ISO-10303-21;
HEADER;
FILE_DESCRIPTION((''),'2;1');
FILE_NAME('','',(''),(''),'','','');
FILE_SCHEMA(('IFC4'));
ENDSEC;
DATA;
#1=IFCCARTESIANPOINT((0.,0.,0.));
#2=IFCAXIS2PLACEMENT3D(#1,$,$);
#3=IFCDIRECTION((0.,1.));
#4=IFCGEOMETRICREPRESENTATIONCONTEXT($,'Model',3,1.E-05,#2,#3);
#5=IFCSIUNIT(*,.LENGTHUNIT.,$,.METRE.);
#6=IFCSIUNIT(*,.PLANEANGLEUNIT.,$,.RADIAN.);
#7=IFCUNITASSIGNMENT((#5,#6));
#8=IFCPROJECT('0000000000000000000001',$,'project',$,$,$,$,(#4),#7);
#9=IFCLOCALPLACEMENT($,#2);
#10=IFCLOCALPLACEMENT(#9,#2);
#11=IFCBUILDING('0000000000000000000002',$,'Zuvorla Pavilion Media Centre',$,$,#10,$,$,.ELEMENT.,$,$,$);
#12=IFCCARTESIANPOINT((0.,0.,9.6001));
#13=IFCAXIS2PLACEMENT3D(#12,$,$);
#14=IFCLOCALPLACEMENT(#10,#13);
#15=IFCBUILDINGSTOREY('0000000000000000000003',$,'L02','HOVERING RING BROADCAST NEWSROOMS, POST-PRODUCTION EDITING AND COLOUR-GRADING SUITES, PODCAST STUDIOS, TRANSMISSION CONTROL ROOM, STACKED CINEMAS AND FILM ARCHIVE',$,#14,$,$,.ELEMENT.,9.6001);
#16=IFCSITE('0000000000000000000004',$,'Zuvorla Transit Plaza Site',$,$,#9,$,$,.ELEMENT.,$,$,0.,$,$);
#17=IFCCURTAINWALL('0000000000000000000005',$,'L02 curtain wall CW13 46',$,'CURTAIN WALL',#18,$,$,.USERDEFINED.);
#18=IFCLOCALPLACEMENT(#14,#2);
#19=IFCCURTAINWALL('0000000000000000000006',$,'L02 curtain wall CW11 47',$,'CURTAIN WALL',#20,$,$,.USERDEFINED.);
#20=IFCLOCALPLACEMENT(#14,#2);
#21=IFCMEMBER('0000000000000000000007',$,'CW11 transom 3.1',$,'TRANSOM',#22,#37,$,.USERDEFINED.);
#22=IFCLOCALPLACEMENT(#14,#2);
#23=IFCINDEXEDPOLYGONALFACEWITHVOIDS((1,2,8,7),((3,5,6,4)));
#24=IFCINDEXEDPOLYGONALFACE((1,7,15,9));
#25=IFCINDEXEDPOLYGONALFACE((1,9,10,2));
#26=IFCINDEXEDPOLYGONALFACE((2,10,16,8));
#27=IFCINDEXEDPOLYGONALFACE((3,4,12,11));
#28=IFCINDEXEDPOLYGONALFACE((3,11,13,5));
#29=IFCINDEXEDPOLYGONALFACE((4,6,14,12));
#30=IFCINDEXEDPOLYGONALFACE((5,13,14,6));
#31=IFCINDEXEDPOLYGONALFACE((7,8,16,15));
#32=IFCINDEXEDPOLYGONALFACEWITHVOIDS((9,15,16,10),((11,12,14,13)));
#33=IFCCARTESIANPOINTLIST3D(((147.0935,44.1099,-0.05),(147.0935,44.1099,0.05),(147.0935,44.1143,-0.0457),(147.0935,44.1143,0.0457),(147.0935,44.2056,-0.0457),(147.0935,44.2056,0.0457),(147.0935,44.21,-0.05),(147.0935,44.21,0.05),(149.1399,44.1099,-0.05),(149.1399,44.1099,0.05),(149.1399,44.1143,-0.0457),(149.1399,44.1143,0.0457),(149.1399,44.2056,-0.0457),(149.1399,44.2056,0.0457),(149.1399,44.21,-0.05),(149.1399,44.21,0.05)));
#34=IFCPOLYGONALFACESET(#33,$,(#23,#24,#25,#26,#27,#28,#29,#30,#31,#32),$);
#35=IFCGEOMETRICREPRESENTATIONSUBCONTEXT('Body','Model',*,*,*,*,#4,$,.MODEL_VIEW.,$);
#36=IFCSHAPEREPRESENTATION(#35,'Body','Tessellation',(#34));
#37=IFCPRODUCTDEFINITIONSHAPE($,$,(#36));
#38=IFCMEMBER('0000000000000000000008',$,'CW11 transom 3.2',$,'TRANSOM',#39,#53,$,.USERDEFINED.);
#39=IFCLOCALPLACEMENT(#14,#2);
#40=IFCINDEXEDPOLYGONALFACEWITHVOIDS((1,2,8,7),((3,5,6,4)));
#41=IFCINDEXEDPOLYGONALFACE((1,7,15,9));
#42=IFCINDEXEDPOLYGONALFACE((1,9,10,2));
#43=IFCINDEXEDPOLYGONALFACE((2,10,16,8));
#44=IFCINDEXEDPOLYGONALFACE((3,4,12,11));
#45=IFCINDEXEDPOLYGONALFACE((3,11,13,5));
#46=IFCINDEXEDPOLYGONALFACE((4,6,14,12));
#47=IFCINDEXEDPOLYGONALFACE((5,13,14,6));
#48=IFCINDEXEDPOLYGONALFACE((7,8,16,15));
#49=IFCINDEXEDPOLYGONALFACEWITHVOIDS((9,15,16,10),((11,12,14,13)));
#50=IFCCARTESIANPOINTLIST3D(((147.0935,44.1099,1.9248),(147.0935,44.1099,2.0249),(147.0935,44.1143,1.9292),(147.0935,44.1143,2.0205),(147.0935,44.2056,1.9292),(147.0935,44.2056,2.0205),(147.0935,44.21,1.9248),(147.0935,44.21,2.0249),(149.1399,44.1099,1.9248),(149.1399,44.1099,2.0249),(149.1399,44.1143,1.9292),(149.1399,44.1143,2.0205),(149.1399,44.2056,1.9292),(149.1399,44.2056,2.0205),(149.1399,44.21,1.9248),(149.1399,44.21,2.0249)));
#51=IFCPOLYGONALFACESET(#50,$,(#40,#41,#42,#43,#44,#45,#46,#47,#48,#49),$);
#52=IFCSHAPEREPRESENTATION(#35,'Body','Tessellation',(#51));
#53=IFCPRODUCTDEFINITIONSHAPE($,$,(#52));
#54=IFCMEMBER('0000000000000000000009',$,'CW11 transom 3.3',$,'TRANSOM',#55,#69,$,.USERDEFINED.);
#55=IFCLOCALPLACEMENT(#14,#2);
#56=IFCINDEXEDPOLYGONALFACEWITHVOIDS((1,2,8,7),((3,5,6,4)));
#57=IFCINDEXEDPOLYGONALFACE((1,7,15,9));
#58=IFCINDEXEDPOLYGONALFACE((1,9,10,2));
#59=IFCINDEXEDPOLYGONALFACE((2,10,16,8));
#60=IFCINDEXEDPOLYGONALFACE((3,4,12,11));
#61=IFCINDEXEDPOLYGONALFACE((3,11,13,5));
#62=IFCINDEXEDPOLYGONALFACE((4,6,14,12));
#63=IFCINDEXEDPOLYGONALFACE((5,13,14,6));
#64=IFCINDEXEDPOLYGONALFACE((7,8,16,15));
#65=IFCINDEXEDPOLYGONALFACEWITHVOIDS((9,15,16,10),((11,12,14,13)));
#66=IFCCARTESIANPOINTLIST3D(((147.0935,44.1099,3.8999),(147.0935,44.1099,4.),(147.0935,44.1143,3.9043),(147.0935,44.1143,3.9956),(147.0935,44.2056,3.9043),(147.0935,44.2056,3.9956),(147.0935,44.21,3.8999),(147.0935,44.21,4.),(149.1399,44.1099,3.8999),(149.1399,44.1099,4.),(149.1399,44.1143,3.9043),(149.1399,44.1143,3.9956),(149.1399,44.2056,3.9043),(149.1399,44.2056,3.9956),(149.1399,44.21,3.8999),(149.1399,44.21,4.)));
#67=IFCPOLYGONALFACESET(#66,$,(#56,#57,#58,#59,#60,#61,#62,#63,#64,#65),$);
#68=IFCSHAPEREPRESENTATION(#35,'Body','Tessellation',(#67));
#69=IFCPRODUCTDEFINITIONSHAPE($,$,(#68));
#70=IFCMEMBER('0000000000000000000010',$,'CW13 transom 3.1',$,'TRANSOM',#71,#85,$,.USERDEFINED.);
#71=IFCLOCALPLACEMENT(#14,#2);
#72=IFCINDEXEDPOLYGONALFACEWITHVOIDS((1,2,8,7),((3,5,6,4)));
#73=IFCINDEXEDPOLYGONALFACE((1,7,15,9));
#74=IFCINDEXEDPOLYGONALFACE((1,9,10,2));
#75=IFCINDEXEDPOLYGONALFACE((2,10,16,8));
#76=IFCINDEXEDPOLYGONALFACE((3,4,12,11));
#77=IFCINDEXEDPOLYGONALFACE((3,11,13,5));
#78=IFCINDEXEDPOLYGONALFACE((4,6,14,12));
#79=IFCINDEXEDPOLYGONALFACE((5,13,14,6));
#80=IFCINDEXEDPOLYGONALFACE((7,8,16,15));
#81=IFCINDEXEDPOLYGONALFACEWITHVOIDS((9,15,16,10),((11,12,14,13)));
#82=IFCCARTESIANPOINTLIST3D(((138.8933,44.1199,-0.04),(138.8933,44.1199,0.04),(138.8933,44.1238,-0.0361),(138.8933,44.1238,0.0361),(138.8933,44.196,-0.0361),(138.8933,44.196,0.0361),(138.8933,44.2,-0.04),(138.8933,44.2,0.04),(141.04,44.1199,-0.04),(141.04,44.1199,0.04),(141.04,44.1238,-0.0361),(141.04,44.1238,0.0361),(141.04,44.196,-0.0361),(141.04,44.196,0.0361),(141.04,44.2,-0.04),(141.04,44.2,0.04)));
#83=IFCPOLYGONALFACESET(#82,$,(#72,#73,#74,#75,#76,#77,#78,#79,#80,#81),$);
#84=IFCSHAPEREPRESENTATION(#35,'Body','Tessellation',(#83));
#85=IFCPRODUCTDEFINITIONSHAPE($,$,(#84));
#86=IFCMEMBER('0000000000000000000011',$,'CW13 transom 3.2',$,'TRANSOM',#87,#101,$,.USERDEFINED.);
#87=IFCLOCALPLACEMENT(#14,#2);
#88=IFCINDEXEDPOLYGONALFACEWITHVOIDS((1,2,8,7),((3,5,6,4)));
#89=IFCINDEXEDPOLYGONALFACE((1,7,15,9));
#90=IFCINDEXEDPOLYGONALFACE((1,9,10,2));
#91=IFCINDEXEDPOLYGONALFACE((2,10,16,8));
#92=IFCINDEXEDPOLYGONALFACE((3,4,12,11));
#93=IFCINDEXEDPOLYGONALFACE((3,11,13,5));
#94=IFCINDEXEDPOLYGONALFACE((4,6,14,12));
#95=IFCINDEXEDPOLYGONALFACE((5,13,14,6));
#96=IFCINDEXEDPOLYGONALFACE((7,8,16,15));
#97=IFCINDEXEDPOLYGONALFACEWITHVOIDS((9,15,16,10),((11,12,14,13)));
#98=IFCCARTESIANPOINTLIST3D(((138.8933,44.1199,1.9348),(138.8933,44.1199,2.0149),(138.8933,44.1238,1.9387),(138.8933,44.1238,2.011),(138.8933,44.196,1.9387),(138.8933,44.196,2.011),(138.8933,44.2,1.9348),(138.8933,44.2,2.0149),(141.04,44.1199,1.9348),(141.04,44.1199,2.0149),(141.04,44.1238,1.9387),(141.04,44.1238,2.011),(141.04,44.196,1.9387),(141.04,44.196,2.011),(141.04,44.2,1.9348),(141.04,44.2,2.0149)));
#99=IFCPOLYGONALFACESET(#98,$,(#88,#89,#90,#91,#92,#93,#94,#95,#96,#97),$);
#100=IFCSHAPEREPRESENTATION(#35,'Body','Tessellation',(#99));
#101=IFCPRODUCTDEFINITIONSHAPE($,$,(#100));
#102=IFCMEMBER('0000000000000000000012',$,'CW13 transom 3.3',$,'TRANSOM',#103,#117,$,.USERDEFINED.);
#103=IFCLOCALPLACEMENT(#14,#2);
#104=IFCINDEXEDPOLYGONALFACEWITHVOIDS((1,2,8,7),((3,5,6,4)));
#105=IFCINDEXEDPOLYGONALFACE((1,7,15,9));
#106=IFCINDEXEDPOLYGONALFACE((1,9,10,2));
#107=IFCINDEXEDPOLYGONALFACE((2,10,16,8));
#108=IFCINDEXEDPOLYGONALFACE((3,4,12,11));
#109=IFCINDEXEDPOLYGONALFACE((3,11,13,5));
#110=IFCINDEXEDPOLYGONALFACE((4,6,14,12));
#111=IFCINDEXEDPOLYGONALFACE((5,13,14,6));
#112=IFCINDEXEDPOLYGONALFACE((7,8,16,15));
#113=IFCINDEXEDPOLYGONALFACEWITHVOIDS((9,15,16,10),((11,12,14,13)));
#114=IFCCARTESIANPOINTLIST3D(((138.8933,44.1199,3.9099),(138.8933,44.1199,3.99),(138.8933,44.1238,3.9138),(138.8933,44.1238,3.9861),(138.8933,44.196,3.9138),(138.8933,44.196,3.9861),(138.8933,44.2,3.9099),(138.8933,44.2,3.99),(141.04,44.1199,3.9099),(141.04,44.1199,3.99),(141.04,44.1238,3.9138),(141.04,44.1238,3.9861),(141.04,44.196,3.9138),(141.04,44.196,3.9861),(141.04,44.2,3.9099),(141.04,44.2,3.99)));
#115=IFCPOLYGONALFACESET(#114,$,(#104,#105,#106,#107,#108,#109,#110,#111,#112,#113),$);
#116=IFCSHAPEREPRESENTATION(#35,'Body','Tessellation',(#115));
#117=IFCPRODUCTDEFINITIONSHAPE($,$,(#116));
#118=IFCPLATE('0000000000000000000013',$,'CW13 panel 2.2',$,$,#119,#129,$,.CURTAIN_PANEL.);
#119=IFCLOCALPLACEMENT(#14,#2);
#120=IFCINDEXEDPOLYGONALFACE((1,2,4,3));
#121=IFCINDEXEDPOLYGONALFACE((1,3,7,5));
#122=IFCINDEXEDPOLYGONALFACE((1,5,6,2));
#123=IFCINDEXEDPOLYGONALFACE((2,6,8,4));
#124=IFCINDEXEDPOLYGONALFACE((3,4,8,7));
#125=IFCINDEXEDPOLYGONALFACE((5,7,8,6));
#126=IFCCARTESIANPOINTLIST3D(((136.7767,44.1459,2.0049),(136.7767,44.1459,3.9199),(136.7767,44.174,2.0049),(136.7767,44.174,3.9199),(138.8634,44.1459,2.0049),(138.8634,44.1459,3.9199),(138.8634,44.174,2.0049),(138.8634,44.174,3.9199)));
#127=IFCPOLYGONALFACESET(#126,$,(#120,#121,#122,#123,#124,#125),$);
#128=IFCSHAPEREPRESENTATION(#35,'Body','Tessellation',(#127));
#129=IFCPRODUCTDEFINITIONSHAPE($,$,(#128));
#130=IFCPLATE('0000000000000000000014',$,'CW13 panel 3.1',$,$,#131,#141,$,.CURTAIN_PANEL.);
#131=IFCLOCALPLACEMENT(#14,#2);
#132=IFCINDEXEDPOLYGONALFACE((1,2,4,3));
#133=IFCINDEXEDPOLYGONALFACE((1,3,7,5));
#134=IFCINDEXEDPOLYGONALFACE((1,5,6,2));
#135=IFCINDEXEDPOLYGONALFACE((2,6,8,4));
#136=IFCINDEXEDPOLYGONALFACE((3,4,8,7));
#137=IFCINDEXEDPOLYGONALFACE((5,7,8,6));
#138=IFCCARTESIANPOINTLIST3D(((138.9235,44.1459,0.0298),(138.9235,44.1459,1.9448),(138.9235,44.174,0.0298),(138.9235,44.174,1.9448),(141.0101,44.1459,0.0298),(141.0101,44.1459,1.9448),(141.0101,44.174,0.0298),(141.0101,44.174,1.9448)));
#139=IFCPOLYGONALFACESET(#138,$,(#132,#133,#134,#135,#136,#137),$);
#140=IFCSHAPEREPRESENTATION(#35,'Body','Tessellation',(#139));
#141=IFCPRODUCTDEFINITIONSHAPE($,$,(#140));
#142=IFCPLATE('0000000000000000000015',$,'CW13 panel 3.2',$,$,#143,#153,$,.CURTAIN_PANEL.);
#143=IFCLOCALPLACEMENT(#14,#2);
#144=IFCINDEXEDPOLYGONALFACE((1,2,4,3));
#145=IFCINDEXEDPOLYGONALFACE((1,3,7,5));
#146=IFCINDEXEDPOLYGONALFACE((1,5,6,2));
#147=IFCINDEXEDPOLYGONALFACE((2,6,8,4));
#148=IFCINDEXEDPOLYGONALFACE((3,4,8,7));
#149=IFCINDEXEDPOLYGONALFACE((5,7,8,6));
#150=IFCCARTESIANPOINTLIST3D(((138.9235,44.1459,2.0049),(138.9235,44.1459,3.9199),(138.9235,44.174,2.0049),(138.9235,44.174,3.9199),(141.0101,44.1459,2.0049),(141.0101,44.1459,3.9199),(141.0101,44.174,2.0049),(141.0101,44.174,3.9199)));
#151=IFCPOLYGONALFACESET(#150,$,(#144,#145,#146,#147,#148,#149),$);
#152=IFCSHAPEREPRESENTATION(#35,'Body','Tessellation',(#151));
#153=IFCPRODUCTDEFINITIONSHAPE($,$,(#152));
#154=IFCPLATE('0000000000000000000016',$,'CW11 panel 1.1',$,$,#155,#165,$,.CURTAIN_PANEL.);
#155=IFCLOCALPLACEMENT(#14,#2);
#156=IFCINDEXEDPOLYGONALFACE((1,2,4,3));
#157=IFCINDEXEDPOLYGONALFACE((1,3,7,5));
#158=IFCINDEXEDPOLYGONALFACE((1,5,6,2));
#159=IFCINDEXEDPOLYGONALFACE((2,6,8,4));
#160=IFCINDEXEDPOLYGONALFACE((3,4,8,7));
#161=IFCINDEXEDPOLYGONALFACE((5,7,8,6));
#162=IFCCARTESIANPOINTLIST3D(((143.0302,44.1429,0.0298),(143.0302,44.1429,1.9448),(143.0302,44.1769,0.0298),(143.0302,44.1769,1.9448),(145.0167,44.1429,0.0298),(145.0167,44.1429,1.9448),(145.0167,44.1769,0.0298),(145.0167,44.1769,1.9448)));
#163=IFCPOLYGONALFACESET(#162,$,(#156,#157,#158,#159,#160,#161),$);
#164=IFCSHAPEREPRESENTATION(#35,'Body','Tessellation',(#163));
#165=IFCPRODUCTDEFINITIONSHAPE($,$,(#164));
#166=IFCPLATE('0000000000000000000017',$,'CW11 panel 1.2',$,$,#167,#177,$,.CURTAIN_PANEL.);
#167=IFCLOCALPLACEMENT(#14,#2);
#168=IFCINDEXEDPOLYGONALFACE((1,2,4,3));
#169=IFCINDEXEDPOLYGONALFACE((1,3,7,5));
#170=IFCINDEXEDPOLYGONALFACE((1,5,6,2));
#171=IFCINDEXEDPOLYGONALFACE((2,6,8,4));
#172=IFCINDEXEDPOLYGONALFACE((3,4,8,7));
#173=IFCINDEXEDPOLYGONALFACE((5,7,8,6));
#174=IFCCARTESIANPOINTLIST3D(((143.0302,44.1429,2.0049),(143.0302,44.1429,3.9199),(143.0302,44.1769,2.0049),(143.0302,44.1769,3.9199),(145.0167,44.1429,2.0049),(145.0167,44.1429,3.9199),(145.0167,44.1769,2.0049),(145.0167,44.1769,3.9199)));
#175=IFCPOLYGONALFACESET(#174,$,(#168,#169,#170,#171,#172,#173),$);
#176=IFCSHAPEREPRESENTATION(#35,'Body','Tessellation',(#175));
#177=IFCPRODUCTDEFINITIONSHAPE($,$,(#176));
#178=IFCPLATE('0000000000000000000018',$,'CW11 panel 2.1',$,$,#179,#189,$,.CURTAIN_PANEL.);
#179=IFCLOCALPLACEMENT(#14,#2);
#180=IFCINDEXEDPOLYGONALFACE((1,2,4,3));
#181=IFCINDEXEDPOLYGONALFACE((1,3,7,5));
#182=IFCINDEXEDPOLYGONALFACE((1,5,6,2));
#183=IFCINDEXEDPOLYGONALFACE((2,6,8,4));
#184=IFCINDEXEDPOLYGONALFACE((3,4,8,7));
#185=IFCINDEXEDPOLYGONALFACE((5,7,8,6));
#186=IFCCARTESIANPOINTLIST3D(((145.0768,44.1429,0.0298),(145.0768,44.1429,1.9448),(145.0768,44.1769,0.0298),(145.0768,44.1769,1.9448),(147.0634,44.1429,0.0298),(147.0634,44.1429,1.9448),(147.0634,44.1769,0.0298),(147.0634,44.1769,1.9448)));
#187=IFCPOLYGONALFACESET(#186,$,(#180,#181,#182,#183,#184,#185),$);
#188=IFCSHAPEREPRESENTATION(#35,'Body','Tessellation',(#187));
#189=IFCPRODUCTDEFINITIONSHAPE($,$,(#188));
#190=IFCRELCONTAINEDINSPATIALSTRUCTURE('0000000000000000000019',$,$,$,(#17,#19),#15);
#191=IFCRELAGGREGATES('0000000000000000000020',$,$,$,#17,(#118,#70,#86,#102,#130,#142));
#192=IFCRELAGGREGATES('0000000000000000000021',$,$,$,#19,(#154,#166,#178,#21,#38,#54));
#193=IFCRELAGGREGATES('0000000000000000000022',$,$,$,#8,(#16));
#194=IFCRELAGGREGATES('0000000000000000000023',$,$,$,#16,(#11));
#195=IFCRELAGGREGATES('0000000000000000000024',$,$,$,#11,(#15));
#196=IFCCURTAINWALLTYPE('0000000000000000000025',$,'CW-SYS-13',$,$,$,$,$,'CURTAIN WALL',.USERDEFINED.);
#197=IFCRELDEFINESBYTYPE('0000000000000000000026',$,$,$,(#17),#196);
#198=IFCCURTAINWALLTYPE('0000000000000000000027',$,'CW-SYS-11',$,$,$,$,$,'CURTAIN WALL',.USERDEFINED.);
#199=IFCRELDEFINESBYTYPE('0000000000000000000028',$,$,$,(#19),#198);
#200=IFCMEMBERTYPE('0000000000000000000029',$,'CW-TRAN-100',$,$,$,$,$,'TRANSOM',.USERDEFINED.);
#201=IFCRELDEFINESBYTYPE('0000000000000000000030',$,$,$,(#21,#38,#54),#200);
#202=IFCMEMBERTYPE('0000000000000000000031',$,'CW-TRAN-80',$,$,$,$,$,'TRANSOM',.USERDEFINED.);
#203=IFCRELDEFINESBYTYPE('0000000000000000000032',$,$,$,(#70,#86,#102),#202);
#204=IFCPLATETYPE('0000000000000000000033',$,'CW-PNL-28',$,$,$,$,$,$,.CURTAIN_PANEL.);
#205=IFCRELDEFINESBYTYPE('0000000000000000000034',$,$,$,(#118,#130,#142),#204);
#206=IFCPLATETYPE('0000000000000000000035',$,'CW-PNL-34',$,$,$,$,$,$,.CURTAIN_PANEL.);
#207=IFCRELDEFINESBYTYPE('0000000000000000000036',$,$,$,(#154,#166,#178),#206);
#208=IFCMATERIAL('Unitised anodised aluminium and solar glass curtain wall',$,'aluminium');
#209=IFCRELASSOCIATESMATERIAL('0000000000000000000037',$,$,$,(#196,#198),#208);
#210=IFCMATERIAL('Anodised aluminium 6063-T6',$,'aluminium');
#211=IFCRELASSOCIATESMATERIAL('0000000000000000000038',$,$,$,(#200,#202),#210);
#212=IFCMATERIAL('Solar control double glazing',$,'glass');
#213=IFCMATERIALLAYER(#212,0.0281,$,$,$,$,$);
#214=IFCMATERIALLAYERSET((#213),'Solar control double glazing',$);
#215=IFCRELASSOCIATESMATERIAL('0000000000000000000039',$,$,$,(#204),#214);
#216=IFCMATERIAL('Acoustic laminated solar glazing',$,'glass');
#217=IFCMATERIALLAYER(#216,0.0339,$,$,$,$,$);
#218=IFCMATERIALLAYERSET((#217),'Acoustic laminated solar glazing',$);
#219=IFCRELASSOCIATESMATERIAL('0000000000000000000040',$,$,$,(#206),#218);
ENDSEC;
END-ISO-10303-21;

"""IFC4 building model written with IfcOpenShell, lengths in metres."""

from ifc_helpers import new_model, si_unit, direction, frame, origin, origin_2d, place, context, subcontext, project, spatial, rectangle, hollow_rectangle, extrude, material, layer, layer_set, material_profile, profile_set, type_object, element, aggregate, save


model = new_model("IFC4")

# Units and contexts
model_context = context("Model", 3, precision=1e-05, world=origin(), true_north=direction((0.0, 1.0)))
body_context = subcontext(model_context, "Body", "Model", "MODEL_VIEW")
ifc_project = project(units=[si_unit("LENGTHUNIT", "METRE"), si_unit("PLANEANGLEUNIT", "RADIAN")], contexts=[model_context])

# Site, building, storey
site_placement = place(None, origin())
site = spatial("IfcSite", under=ifc_project, at=site_placement, Name="Zuvorla Transit Plaza Site", CompositionType="ELEMENT", RefElevation=0.0)
building_placement = place(site_placement, origin())
building = spatial("IfcBuilding", under=site, at=building_placement, Name="Zuvorla Pavilion Media Centre", CompositionType="ELEMENT")
storey_placement = place(building_placement, frame((0.0, 0.0, 9.6001)))
storey = spatial("IfcBuildingStorey", under=building, at=storey_placement, Name="L02", Description="HOVERING RING BROADCAST NEWSROOMS, POST-PRODUCTION EDITING AND COLOUR-GRADING SUITES, PODCAST STUDIOS, TRANSMISSION CONTROL ROOM, STACKED CINEMAS AND FILM ARCHIVE", CompositionType="ELEMENT", Elevation=9.6001)

# Curtain walls, members
ifc_material_1 = material(Name="Unitised anodised aluminium and solar glass curtain wall", Category="aluminium")
curtain_wall_type_1 = type_object("IfcCurtainWallType", Name="CW-SYS-13", ElementType="CURTAIN WALL", PredefinedType="USERDEFINED", material=ifc_material_1)
curtain_wall_1_placement = place(storey_placement, origin())
curtain_wall_1 = element("IfcCurtainWall", 1, at=curtain_wall_1_placement, inside=storey, type_object=curtain_wall_type_1, Name="L02 curtain wall CW13 46", ObjectType="CURTAIN WALL", PredefinedType="USERDEFINED")
ifc_material_2 = material(Name="Anodised aluminium 6063-T6", Category="aluminium")
curtain_wall_type_2 = type_object("IfcCurtainWallType", Name="CW-SYS-11", ElementType="CURTAIN WALL", PredefinedType="USERDEFINED", material=ifc_material_1)
curtain_wall_2_placement = place(storey_placement, origin())
curtain_wall_2 = element("IfcCurtainWall", 2, at=curtain_wall_2_placement, inside=storey, type_object=curtain_wall_type_2, Name="L02 curtain wall CW11 47", ObjectType="CURTAIN WALL", PredefinedType="USERDEFINED")
ifc_material_profile_1 = material_profile(ifc_material_2, hollow_rectangle(XDim=0.1001, YDim=0.1001, WallThickness=0.0044, at=origin_2d()), Name="ALU TRAN 100x100")
ifc_profile_set_1 = profile_set([ifc_material_profile_1], Name="Anodised aluminium 6063-T6")
member_type_1 = type_object("IfcMemberType", Name="CW-TRAN-100", ElementType="TRANSOM", PredefinedType="USERDEFINED", material=ifc_profile_set_1)
member_1_placement = place(storey_placement, frame((147.0935, 44.1599, 0.0), z_axis=(1.0, 0.0, 0.0), x_axis=(0.0, 1.0, 0.0)))
member_1 = element("IfcMember", 3, at=member_1_placement, type_object=member_type_1, Name="CW11 transom 3.1", ObjectType="TRANSOM", PredefinedType="USERDEFINED", context=body_context, shape_type="SweptSolid", body=[
    extrude(hollow_rectangle(XDim=0.1001, YDim=0.1001, WallThickness=0.0044, at=origin_2d()), origin(), (0.0, 0.0, 1.0), 2.0464),
])
member_2_placement = place(storey_placement, frame((147.0935, 44.1599, 1.9749), z_axis=(1.0, 0.0, 0.0), x_axis=(0.0, 1.0, 0.0)))
member_2 = element("IfcMember", 4, at=member_2_placement, type_object=member_type_1, Name="CW11 transom 3.2", ObjectType="TRANSOM", PredefinedType="USERDEFINED", context=body_context, shape_type="SweptSolid", body=[
    extrude(hollow_rectangle(XDim=0.1001, YDim=0.1001, WallThickness=0.0044, at=origin_2d()), origin(), (0.0, 0.0, 1.0), 2.0464),
])
member_3_placement = place(storey_placement, frame((147.0935, 44.1599, 3.95), z_axis=(1.0, 0.0, 0.0), x_axis=(0.0, 1.0, 0.0)))
member_3 = element("IfcMember", 5, at=member_3_placement, type_object=member_type_1, Name="CW11 transom 3.3", ObjectType="TRANSOM", PredefinedType="USERDEFINED", context=body_context, shape_type="SweptSolid", body=[
    extrude(hollow_rectangle(XDim=0.1001, YDim=0.1001, WallThickness=0.0044, at=origin_2d()), origin(), (0.0, 0.0, 1.0), 2.0464),
])

# Members
ifc_material_profile_2 = material_profile(ifc_material_2, hollow_rectangle(XDim=0.0801, YDim=0.0801, WallThickness=0.0039, at=origin_2d()), Name="ALU TRAN 80x80")
ifc_profile_set_2 = profile_set([ifc_material_profile_2], Name="Anodised aluminium 6063-T6")
member_type_2 = type_object("IfcMemberType", Name="CW-TRAN-80", ElementType="TRANSOM", PredefinedType="USERDEFINED", material=ifc_profile_set_2)
member_4_placement = place(storey_placement, frame((138.8933, 44.1599, 0.0), z_axis=(1.0, 0.0, 0.0), x_axis=(0.0, 1.0, 0.0)))
member_4 = element("IfcMember", 6, at=member_4_placement, type_object=member_type_2, Name="CW13 transom 3.1", ObjectType="TRANSOM", PredefinedType="USERDEFINED", context=body_context, shape_type="SweptSolid", body=[
    extrude(hollow_rectangle(XDim=0.0801, YDim=0.0801, WallThickness=0.0039, at=origin_2d()), origin(), (0.0, 0.0, 1.0), 2.1467),
])
member_5_placement = place(storey_placement, frame((138.8933, 44.1599, 1.9749), z_axis=(1.0, 0.0, 0.0), x_axis=(0.0, 1.0, 0.0)))
member_5 = element("IfcMember", 7, at=member_5_placement, type_object=member_type_2, Name="CW13 transom 3.2", ObjectType="TRANSOM", PredefinedType="USERDEFINED", context=body_context, shape_type="SweptSolid", body=[
    extrude(hollow_rectangle(XDim=0.0801, YDim=0.0801, WallThickness=0.0039, at=origin_2d()), origin(), (0.0, 0.0, 1.0), 2.1467),
])
member_6_placement = place(storey_placement, frame((138.8933, 44.1599, 3.95), z_axis=(1.0, 0.0, 0.0), x_axis=(0.0, 1.0, 0.0)))
member_6 = element("IfcMember", 8, at=member_6_placement, type_object=member_type_2, Name="CW13 transom 3.3", ObjectType="TRANSOM", PredefinedType="USERDEFINED", context=body_context, shape_type="SweptSolid", body=[
    extrude(hollow_rectangle(XDim=0.0801, YDim=0.0801, WallThickness=0.0039, at=origin_2d()), origin(), (0.0, 0.0, 1.0), 2.1467),
])

# Plates
ifc_material_3 = material(Name="Solar control double glazing", Category="glass")
ifc_layer_1 = layer(ifc_material_3, 0.0281)
ifc_layer_set_1 = layer_set([ifc_layer_1], Name="Solar control double glazing")
plate_type_1 = type_object("IfcPlateType", Name="CW-PNL-28", PredefinedType="CURTAIN_PANEL", material=ifc_layer_set_1)
plate_1_placement = place(storey_placement, frame((137.8201, 44.1599, 2.0049), z_axis=(0.0, 0.0, 1.0), x_axis=(1.0, 0.0, 0.0)))
plate_1 = element("IfcPlate", 9, at=plate_1_placement, type_object=plate_type_1, Name="CW13 panel 2.2", PredefinedType="CURTAIN_PANEL", context=body_context, shape_type="SweptSolid", body=[
    extrude(rectangle(XDim=2.0867, YDim=0.0281, at=origin_2d()), origin(), (0.0, 0.0, 1.0), 1.915),
])
plate_2_placement = place(storey_placement, frame((139.9668, 44.1599, 0.0298), z_axis=(0.0, 0.0, 1.0), x_axis=(1.0, 0.0, 0.0)))
plate_2 = element("IfcPlate", 10, at=plate_2_placement, type_object=plate_type_1, Name="CW13 panel 3.1", PredefinedType="CURTAIN_PANEL", context=body_context, shape_type="SweptSolid", body=[
    extrude(rectangle(XDim=2.0867, YDim=0.0281, at=origin_2d()), origin(), (0.0, 0.0, 1.0), 1.915),
])
plate_3_placement = place(storey_placement, frame((139.9668, 44.1599, 2.0049), z_axis=(0.0, 0.0, 1.0), x_axis=(1.0, 0.0, 0.0)))
plate_3 = element("IfcPlate", 11, at=plate_3_placement, type_object=plate_type_1, Name="CW13 panel 3.2", PredefinedType="CURTAIN_PANEL", context=body_context, shape_type="SweptSolid", body=[
    extrude(rectangle(XDim=2.0867, YDim=0.0281, at=origin_2d()), origin(), (0.0, 0.0, 1.0), 1.915),
])
aggregate(curtain_wall_1, [plate_1, member_4, member_5, member_6, plate_2, plate_3])
ifc_material_4 = material(Name="Acoustic laminated solar glazing", Category="glass")
ifc_layer_2 = layer(ifc_material_4, 0.0339)
ifc_layer_set_2 = layer_set([ifc_layer_2], Name="Acoustic laminated solar glazing")
plate_type_2 = type_object("IfcPlateType", Name="CW-PNL-34", PredefinedType="CURTAIN_PANEL", material=ifc_layer_set_2)
plate_4_placement = place(storey_placement, frame((144.0234, 44.1599, 0.0298), z_axis=(0.0, 0.0, 1.0), x_axis=(1.0, 0.0, 0.0)))
plate_4 = element("IfcPlate", 12, at=plate_4_placement, type_object=plate_type_2, Name="CW11 panel 1.1", PredefinedType="CURTAIN_PANEL", context=body_context, shape_type="SweptSolid", body=[
    extrude(rectangle(XDim=1.9866, YDim=0.0339, at=origin_2d()), origin(), (0.0, 0.0, 1.0), 1.915),
])
plate_5_placement = place(storey_placement, frame((144.0234, 44.1599, 2.0049), z_axis=(0.0, 0.0, 1.0), x_axis=(1.0, 0.0, 0.0)))
plate_5 = element("IfcPlate", 13, at=plate_5_placement, type_object=plate_type_2, Name="CW11 panel 1.2", PredefinedType="CURTAIN_PANEL", context=body_context, shape_type="SweptSolid", body=[
    extrude(rectangle(XDim=1.9866, YDim=0.0339, at=origin_2d()), origin(), (0.0, 0.0, 1.0), 1.915),
])
plate_6_placement = place(storey_placement, frame((146.0701, 44.1599, 0.0298), z_axis=(0.0, 0.0, 1.0), x_axis=(1.0, 0.0, 0.0)))
plate_6 = element("IfcPlate", 14, at=plate_6_placement, type_object=plate_type_2, Name="CW11 panel 2.1", PredefinedType="CURTAIN_PANEL", context=body_context, shape_type="SweptSolid", body=[
    extrude(rectangle(XDim=1.9866, YDim=0.0339, at=origin_2d()), origin(), (0.0, 0.0, 1.0), 1.915),
])
aggregate(curtain_wall_2, [plate_4, plate_5, plate_6, member_1, member_2, member_3])

save(model, "model.ifc")
